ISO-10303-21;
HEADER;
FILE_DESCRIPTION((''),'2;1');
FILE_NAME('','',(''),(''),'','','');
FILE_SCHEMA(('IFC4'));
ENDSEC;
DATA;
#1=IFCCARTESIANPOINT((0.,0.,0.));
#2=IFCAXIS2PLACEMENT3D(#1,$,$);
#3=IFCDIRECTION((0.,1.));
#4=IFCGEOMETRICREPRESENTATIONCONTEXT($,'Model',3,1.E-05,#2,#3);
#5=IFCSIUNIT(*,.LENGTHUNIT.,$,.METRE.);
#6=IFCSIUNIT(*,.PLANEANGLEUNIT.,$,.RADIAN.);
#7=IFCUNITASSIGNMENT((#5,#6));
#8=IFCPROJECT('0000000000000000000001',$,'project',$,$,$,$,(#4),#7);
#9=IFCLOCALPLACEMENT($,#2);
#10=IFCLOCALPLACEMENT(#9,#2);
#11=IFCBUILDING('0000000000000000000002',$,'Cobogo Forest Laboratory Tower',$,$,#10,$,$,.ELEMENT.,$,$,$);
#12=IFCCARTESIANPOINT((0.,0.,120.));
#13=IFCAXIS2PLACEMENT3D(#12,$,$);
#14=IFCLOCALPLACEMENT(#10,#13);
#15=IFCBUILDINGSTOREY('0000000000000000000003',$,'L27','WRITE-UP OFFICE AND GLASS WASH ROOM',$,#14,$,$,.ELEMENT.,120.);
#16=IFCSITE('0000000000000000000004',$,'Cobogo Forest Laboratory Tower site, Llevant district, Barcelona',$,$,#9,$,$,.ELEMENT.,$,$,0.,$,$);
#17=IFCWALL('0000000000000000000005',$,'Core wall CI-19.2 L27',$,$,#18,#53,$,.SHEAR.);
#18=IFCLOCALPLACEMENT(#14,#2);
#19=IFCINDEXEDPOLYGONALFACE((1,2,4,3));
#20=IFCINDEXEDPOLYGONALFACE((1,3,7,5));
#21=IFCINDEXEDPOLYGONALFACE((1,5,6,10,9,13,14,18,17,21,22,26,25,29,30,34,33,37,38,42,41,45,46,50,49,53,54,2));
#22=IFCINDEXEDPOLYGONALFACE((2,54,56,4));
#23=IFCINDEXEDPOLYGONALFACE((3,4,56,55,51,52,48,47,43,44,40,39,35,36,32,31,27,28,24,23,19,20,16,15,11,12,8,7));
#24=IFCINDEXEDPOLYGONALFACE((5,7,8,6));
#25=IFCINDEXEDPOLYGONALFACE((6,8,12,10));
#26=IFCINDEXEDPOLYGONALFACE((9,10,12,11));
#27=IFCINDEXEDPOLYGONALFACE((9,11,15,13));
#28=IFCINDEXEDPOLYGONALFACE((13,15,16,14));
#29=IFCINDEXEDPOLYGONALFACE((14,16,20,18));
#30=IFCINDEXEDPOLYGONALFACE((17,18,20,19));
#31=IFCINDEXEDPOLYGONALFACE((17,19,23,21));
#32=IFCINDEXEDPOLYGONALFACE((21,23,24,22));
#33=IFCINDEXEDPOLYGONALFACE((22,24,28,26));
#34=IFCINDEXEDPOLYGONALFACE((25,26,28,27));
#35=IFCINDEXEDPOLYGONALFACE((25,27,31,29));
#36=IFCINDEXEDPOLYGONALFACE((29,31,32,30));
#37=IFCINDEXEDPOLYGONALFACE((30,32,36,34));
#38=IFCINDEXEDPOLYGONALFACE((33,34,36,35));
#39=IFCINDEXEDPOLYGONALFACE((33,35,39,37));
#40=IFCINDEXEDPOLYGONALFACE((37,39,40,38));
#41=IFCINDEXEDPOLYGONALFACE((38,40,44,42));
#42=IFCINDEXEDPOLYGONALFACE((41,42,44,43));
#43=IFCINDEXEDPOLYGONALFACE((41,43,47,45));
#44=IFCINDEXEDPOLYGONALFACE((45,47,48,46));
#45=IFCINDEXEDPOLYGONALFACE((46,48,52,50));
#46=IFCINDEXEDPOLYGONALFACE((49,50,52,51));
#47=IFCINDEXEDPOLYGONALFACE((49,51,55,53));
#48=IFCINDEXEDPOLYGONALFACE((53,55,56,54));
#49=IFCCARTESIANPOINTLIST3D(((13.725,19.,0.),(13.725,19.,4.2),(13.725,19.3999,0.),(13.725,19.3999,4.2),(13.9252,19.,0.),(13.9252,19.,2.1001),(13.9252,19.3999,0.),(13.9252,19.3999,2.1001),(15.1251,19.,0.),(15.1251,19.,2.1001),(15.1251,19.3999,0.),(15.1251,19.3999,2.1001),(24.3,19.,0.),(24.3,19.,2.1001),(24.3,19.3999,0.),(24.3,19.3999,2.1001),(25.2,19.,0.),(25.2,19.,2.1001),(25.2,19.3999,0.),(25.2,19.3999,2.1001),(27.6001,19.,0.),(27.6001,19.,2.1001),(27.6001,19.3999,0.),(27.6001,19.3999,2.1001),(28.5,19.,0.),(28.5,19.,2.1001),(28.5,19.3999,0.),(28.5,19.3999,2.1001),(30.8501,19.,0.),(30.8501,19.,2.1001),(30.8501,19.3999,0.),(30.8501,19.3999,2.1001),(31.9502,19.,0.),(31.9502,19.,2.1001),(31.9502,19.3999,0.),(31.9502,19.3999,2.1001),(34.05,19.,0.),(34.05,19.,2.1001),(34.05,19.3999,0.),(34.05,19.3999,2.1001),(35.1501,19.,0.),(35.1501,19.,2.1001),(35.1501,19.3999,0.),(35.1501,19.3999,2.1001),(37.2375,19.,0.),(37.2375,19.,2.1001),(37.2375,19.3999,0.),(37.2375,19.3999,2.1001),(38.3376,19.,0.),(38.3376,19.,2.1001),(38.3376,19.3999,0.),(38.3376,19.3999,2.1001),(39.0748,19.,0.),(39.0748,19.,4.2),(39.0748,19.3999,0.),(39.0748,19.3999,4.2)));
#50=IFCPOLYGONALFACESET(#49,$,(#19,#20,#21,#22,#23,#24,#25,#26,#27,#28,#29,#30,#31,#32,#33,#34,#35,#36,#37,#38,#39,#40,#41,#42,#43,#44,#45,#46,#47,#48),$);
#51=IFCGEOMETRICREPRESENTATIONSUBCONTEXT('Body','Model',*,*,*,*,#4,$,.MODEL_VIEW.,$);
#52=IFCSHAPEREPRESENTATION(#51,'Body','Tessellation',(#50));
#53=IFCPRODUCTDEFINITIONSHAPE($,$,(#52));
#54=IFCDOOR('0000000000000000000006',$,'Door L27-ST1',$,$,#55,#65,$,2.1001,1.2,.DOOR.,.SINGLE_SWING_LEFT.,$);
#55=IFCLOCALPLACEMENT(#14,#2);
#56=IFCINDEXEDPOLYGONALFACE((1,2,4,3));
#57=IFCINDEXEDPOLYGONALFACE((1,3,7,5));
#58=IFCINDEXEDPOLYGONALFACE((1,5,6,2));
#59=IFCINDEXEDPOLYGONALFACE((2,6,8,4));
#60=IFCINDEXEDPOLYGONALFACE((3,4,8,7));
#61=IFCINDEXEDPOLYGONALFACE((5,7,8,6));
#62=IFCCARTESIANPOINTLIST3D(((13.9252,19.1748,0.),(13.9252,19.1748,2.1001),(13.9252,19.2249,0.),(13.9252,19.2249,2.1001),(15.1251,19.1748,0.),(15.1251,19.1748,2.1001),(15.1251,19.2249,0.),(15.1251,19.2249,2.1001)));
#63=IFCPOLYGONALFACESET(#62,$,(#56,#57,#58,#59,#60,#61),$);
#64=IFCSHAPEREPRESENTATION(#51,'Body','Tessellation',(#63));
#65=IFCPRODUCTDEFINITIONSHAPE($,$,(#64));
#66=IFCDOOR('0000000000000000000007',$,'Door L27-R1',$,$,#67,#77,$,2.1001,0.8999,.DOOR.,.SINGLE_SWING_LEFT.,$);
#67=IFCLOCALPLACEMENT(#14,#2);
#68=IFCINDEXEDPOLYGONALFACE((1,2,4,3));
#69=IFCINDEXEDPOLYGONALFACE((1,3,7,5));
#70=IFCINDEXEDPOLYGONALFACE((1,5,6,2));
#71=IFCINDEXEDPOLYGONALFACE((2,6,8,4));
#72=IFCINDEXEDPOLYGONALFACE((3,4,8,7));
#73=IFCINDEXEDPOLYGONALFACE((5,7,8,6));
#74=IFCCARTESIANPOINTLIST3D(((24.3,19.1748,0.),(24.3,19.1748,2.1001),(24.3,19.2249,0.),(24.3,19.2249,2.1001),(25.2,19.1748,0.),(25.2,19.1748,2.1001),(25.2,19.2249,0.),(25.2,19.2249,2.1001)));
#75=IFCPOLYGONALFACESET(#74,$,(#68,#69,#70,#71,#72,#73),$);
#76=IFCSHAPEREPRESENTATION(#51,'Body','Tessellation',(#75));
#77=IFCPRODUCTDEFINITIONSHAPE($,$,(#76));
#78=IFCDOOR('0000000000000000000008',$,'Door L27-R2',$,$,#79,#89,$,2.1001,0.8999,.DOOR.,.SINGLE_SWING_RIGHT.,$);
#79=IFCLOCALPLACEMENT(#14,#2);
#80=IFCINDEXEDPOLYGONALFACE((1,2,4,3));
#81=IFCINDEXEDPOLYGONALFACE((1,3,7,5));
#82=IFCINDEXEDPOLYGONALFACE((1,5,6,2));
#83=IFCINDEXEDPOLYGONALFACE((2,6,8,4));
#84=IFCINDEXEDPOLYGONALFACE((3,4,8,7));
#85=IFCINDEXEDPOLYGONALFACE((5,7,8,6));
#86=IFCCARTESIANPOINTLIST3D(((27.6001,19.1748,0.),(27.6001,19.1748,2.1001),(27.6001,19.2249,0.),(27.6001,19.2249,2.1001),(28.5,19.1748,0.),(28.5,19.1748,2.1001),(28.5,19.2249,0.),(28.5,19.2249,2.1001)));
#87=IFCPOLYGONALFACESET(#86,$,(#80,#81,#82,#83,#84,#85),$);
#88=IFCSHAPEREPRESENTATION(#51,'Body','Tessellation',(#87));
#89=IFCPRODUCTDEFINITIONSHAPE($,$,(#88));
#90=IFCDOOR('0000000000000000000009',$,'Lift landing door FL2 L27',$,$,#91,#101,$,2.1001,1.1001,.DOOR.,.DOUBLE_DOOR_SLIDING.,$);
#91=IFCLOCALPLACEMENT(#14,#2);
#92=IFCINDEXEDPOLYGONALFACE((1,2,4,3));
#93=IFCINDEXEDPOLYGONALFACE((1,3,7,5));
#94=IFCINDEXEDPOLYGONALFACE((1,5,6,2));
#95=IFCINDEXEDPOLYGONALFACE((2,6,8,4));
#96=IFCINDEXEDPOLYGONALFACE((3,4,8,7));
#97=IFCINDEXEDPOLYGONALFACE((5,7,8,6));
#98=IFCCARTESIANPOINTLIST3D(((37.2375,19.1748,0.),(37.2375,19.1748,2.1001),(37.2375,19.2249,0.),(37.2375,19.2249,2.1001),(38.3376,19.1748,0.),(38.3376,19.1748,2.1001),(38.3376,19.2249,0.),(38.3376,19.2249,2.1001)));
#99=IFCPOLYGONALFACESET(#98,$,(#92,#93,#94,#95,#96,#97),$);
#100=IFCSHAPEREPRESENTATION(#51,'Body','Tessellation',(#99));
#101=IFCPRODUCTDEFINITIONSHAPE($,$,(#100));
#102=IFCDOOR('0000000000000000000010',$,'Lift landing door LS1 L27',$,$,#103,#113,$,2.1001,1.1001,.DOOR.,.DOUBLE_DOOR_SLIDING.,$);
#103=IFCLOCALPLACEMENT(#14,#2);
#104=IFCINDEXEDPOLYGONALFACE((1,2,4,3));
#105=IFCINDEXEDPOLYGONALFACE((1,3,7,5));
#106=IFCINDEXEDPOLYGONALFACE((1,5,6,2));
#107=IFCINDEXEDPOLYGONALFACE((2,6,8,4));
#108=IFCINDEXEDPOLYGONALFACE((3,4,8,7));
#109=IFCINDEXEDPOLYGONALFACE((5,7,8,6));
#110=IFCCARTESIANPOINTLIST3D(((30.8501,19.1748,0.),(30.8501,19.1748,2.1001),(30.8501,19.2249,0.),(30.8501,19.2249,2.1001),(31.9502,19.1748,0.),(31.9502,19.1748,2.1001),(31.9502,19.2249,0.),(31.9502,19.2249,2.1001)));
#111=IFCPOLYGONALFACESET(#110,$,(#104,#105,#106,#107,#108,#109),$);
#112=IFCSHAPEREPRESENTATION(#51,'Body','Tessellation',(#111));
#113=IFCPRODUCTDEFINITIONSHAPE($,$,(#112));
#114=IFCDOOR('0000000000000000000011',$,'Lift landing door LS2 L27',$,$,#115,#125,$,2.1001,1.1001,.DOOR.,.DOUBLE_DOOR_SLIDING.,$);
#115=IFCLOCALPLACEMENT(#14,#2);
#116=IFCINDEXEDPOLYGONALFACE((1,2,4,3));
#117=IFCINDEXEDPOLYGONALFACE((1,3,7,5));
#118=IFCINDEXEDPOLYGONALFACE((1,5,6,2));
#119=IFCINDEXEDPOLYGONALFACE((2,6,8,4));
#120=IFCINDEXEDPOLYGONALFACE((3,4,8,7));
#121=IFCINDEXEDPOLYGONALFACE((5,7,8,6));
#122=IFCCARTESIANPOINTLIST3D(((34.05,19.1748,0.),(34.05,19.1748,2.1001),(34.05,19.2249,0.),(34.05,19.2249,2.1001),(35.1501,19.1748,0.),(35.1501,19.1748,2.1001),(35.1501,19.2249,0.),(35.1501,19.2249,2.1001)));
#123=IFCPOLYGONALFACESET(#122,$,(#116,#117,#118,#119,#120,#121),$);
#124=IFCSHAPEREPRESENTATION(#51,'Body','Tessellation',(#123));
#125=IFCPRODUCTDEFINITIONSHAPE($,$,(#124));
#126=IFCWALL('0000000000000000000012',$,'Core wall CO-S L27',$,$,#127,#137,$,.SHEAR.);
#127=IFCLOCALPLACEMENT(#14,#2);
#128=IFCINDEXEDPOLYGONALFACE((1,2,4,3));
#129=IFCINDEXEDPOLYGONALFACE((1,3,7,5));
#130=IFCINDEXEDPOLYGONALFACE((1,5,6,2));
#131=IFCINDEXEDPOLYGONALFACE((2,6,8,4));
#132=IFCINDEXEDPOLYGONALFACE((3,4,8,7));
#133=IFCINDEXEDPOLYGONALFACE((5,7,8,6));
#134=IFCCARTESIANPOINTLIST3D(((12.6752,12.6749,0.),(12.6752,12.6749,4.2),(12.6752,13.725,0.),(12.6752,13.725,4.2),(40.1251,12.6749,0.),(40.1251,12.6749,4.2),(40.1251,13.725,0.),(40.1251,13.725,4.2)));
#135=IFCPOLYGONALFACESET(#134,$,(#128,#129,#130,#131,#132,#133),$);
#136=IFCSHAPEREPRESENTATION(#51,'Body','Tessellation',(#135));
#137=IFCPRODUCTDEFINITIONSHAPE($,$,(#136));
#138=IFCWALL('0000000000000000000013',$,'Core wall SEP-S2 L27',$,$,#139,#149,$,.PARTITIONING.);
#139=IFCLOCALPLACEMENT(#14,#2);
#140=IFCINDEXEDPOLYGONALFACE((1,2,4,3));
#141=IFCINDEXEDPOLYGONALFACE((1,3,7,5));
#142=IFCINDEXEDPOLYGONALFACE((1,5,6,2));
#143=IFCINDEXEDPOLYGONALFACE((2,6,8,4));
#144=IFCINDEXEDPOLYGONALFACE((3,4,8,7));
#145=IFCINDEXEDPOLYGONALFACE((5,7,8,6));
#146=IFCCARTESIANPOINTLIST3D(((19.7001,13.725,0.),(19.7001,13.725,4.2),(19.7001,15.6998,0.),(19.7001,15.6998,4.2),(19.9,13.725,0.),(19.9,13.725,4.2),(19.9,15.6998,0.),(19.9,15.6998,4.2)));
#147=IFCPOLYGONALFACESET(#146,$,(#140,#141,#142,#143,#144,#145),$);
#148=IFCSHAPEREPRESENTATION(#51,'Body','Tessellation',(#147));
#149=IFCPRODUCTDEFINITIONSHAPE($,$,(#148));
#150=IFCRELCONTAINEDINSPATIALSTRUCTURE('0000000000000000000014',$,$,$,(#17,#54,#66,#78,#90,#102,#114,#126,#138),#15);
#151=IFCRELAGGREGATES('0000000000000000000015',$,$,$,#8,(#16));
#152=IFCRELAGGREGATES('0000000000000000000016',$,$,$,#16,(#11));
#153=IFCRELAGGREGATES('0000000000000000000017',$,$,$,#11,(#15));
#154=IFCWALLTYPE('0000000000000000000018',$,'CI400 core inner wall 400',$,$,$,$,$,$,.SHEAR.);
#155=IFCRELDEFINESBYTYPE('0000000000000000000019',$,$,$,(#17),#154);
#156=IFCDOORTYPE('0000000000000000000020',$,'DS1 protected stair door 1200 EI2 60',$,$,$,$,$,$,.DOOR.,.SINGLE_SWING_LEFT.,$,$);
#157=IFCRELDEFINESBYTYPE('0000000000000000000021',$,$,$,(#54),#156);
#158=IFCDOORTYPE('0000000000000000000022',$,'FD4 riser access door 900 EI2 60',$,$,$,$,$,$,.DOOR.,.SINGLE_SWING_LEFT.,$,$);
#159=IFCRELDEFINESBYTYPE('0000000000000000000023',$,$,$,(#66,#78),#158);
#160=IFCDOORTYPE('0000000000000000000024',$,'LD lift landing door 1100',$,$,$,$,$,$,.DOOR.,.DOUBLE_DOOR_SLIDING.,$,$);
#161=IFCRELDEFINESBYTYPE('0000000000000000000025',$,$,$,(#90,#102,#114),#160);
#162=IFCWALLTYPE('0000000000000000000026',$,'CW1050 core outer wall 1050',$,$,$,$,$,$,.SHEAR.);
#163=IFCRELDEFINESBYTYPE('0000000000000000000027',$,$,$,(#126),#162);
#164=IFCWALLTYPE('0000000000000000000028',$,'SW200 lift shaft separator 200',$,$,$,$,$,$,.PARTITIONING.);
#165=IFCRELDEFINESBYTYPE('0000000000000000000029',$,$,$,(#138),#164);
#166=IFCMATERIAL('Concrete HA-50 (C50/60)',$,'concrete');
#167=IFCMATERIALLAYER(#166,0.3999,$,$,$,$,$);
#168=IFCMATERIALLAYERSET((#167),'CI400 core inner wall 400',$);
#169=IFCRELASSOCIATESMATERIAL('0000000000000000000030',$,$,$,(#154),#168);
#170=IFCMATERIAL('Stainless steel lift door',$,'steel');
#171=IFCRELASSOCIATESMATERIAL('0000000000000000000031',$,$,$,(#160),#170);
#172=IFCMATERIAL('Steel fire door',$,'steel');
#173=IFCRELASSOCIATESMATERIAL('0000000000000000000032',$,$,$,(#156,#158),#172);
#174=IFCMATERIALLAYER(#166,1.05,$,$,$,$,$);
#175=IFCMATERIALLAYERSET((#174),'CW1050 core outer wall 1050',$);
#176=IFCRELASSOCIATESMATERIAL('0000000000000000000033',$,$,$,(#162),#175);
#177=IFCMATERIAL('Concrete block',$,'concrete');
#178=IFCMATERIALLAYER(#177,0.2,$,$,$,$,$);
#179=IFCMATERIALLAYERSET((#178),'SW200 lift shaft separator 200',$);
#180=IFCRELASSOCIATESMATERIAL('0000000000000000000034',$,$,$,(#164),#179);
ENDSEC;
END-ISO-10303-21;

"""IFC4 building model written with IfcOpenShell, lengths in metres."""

from ifc_helpers import new_model, si_unit, direction, frame, frame_2d, origin, place, context, subcontext, project, spatial, rectangle, extrude, material, layer, layer_set, type_object, element, fill, save


model = new_model("IFC4")

# Units and contexts
model_context = context("Model", 3, precision=1e-05, world=origin(), true_north=direction((0.0, 1.0)))
body_context = subcontext(model_context, "Body", "Model", "MODEL_VIEW")
ifc_project = project(units=[si_unit("LENGTHUNIT", "METRE"), si_unit("PLANEANGLEUNIT", "RADIAN")], contexts=[model_context])

# Site, building, storey
site_placement = place(None, origin())
site = spatial("IfcSite", under=ifc_project, at=site_placement, Name="Cobogo Forest Laboratory Tower site, Llevant district, Barcelona", CompositionType="ELEMENT", RefElevation=0.0)
building_placement = place(site_placement, origin())
building = spatial("IfcBuilding", under=site, at=building_placement, Name="Cobogo Forest Laboratory Tower", CompositionType="ELEMENT")
storey_placement = place(building_placement, frame((0.0, 0.0, 120.0)))
storey = spatial("IfcBuildingStorey", under=building, at=storey_placement, Name="L27", Description="WRITE-UP OFFICE AND GLASS WASH ROOM", CompositionType="ELEMENT", Elevation=120.0)

# Wall, openings, doors
ifc_material_1 = material(Name="Concrete HA-50 (C50/60)", Category="concrete")
ifc_layer_1 = layer(ifc_material_1, 0.3999)
ifc_layer_set_1 = layer_set([ifc_layer_1], Name="CI400 core inner wall 400")
wall_type_1 = type_object("IfcWallType", Name="CI400 core inner wall 400", PredefinedType="SHEAR", material=ifc_layer_set_1)
ifc_material_2 = material(Name="Steel fire door", Category="steel")
ifc_material_3 = material(Name="Stainless steel lift door", Category="steel")
door_type_1 = type_object("IfcDoorType", Name="LD lift landing door 1100", OperationType="DOUBLE_DOOR_SLIDING", PredefinedType="DOOR", material=ifc_material_3)
wall_1_placement = place(storey_placement, frame((13.7251, 19.2, 0.0), z_axis=(0.0, 0.0, 1.0), x_axis=(1.0, 0.0, 0.0)))
wall_1 = element("IfcWall", 1, at=wall_1_placement, inside=storey, type_object=wall_type_1, Name="Core wall CI-19.2 L27", PredefinedType="SHEAR", context=body_context, shape_type="SweptSolid", body=[
    extrude(rectangle(XDim=25.3499, YDim=0.3999, at=frame_2d((12.6748, 0.0))), origin(), (0.0, 0.0, 1.0), 4.2),
])
opening_1_placement = place(wall_1_placement, frame((10.575, 0.0, 0.0)))
opening_1 = element("IfcOpeningElement", 2, at=opening_1_placement, cuts=wall_1, PredefinedType="OPENING", context=body_context, shape_type="SweptSolid", body=[
    extrude(rectangle(XDim=0.8999, YDim=2.1001, at=frame_2d((0.45, 1.05))), frame((0.0, 0.21, 0.0), z_axis=(0.0, -1.0, 0.0), x_axis=(1.0, 0.0, 0.0)), (0.0, 0.0, 1.0), 0.4199),
])
opening_2_placement = place(wall_1_placement, frame((13.875, 0.0, 0.0)))
opening_2 = element("IfcOpeningElement", 3, at=opening_2_placement, cuts=wall_1, PredefinedType="OPENING", context=body_context, shape_type="SweptSolid", body=[
    extrude(rectangle(XDim=0.8999, YDim=2.1001, at=frame_2d((0.45, 1.05))), frame((0.0, 0.21, 0.0), z_axis=(0.0, -1.0, 0.0), x_axis=(1.0, 0.0, 0.0)), (0.0, 0.0, 1.0), 0.4199),
])
opening_3_placement = place(wall_1_placement, frame((0.2, 0.0, 0.0)))
opening_3 = element("IfcOpeningElement", 4, at=opening_3_placement, cuts=wall_1, PredefinedType="OPENING", context=body_context, shape_type="SweptSolid", body=[
    extrude(rectangle(XDim=1.2, YDim=2.1001, at=frame_2d((0.6001, 1.05))), frame((0.0, 0.21, 0.0), z_axis=(0.0, -1.0, 0.0), x_axis=(1.0, 0.0, 0.0)), (0.0, 0.0, 1.0), 0.4199),
])
opening_4_placement = place(wall_1_placement, frame((23.5125, 0.0, 0.0)))
opening_4 = element("IfcOpeningElement", 5, at=opening_4_placement, cuts=wall_1, PredefinedType="OPENING", context=body_context, shape_type="SweptSolid", body=[
    extrude(rectangle(XDim=1.1001, YDim=2.1001, at=frame_2d((0.55, 1.05))), frame((0.0, 0.21, 0.0), z_axis=(0.0, -1.0, 0.0), x_axis=(1.0, 0.0, 0.0)), (0.0, 0.0, 1.0), 0.4199),
])
opening_5_placement = place(wall_1_placement, frame((17.125, 0.0, 0.0)))
opening_5 = element("IfcOpeningElement", 6, at=opening_5_placement, cuts=wall_1, PredefinedType="OPENING", context=body_context, shape_type="SweptSolid", body=[
    extrude(rectangle(XDim=1.1001, YDim=2.1001, at=frame_2d((0.55, 1.05))), frame((0.0, 0.21, 0.0), z_axis=(0.0, -1.0, 0.0), x_axis=(1.0, 0.0, 0.0)), (0.0, 0.0, 1.0), 0.4199),
])
opening_6_placement = place(wall_1_placement, frame((20.325, 0.0, 0.0)))
opening_6 = element("IfcOpeningElement", 7, at=opening_6_placement, cuts=wall_1, PredefinedType="OPENING", context=body_context, shape_type="SweptSolid", body=[
    extrude(rectangle(XDim=1.1001, YDim=2.1001, at=frame_2d((0.55, 1.05))), frame((0.0, 0.21, 0.0), z_axis=(0.0, -1.0, 0.0), x_axis=(1.0, 0.0, 0.0)), (0.0, 0.0, 1.0), 0.4199),
])
door_type_2 = type_object("IfcDoorType", Name="DS1 protected stair door 1200 EI2 60", OperationType="SINGLE_SWING_LEFT", PredefinedType="DOOR", material=ifc_material_2)
door_1_placement = place(opening_3_placement, origin())
door_1 = element("IfcDoor", 8, at=door_1_placement, inside=storey, type_object=door_type_2, Name="Door L27-ST1", OperationType="SINGLE_SWING_LEFT", OverallHeight=2.1001, OverallWidth=1.2, PredefinedType="DOOR", context=body_context, shape_type="SweptSolid", body=[
    extrude(rectangle(XDim=1.2, YDim=2.1001, at=frame_2d((0.6001, 1.05))), frame((0.0, 0.0249, 0.0), z_axis=(0.0, -1.0, 0.0), x_axis=(1.0, 0.0, 0.0)), (0.0, 0.0, 1.0), 0.05),
])
fill(opening_3, door_1)
door_type_3 = type_object("IfcDoorType", Name="FD4 riser access door 900 EI2 60", OperationType="SINGLE_SWING_LEFT", PredefinedType="DOOR", material=ifc_material_2)
door_2_placement = place(opening_1_placement, origin())
door_2 = element("IfcDoor", 9, at=door_2_placement, inside=storey, type_object=door_type_3, Name="Door L27-R1", OperationType="SINGLE_SWING_LEFT", OverallHeight=2.1001, OverallWidth=0.8999, PredefinedType="DOOR", context=body_context, shape_type="SweptSolid", body=[
    extrude(rectangle(XDim=0.8999, YDim=2.1001, at=frame_2d((0.45, 1.05))), frame((0.0, 0.0249, 0.0), z_axis=(0.0, -1.0, 0.0), x_axis=(1.0, 0.0, 0.0)), (0.0, 0.0, 1.0), 0.05),
])
fill(opening_1, door_2)
door_3_placement = place(opening_2_placement, origin())
door_3 = element("IfcDoor", 10, at=door_3_placement, inside=storey, type_object=door_type_3, Name="Door L27-R2", OperationType="SINGLE_SWING_RIGHT", OverallHeight=2.1001, OverallWidth=0.8999, PredefinedType="DOOR", context=body_context, shape_type="SweptSolid", body=[
    extrude(rectangle(XDim=0.8999, YDim=2.1001, at=frame_2d((0.45, 1.05))), frame((0.0, 0.0249, 0.0), z_axis=(0.0, -1.0, 0.0), x_axis=(1.0, 0.0, 0.0)), (0.0, 0.0, 1.0), 0.05),
])
fill(opening_2, door_3)
door_4_placement = place(opening_4_placement, origin())
door_4 = element("IfcDoor", 11, at=door_4_placement, inside=storey, type_object=door_type_1, Name="Lift landing door FL2 L27", OperationType="DOUBLE_DOOR_SLIDING", OverallHeight=2.1001, OverallWidth=1.1001, PredefinedType="DOOR", context=body_context, shape_type="SweptSolid", body=[
    extrude(rectangle(XDim=1.1001, YDim=2.1001, at=frame_2d((0.55, 1.05))), frame((0.0, 0.0249, 0.0), z_axis=(0.0, -1.0, 0.0), x_axis=(1.0, 0.0, 0.0)), (0.0, 0.0, 1.0), 0.05),
])
fill(opening_4, door_4)
door_5_placement = place(opening_5_placement, origin())
door_5 = element("IfcDoor", 12, at=door_5_placement, inside=storey, type_object=door_type_1, Name="Lift landing door LS1 L27", OperationType="DOUBLE_DOOR_SLIDING", OverallHeight=2.1001, OverallWidth=1.1001, PredefinedType="DOOR", context=body_context, shape_type="SweptSolid", body=[
    extrude(rectangle(XDim=1.1001, YDim=2.1001, at=frame_2d((0.55, 1.05))), frame((0.0, 0.0249, 0.0), z_axis=(0.0, -1.0, 0.0), x_axis=(1.0, 0.0, 0.0)), (0.0, 0.0, 1.0), 0.05),
])
fill(opening_5, door_5)
door_6_placement = place(opening_6_placement, origin())
door_6 = element("IfcDoor", 13, at=door_6_placement, inside=storey, type_object=door_type_1, Name="Lift landing door LS2 L27", OperationType="DOUBLE_DOOR_SLIDING", OverallHeight=2.1001, OverallWidth=1.1001, PredefinedType="DOOR", context=body_context, shape_type="SweptSolid", body=[
    extrude(rectangle(XDim=1.1001, YDim=2.1001, at=frame_2d((0.55, 1.05))), frame((0.0, 0.0249, 0.0), z_axis=(0.0, -1.0, 0.0), x_axis=(1.0, 0.0, 0.0)), (0.0, 0.0, 1.0), 0.05),
])
fill(opening_6, door_6)

# Walls
ifc_layer_2 = layer(ifc_material_1, 1.05)
ifc_layer_set_2 = layer_set([ifc_layer_2], Name="CW1050 core outer wall 1050")
wall_type_2 = type_object("IfcWallType", Name="CW1050 core outer wall 1050", PredefinedType="SHEAR", material=ifc_layer_set_2)
wall_2_placement = place(storey_placement, frame((12.675, 13.2, 0.0), z_axis=(0.0, 0.0, 1.0), x_axis=(1.0, 0.0, 0.0)))
element("IfcWall", 14, at=wall_2_placement, inside=storey, type_object=wall_type_2, Name="Core wall CO-S L27", PredefinedType="SHEAR", context=body_context, shape_type="SweptSolid", body=[
    extrude(rectangle(XDim=27.45, YDim=1.05, at=frame_2d((13.7251, 0.0))), origin(), (0.0, 0.0, 1.0), 4.2),
])
ifc_material_4 = material(Name="Concrete block", Category="concrete")
ifc_layer_3 = layer(ifc_material_4, 0.2)
ifc_layer_set_3 = layer_set([ifc_layer_3], Name="SW200 lift shaft separator 200")
wall_type_3 = type_object("IfcWallType", Name="SW200 lift shaft separator 200", PredefinedType="PARTITIONING", material=ifc_layer_set_3)
wall_3_placement = place(storey_placement, frame((19.8, 13.7251, 0.0), z_axis=(0.0, 0.0, 1.0), x_axis=(0.0, 1.0, 0.0)))
element("IfcWall", 15, at=wall_3_placement, inside=storey, type_object=wall_type_3, Name="Core wall SEP-S2 L27", PredefinedType="PARTITIONING", context=body_context, shape_type="SweptSolid", body=[
    extrude(rectangle(XDim=1.9749, YDim=0.2, at=frame_2d((0.9873, 0.0))), origin(), (0.0, 0.0, 1.0), 4.2),
])

save(model, "model.ifc")
